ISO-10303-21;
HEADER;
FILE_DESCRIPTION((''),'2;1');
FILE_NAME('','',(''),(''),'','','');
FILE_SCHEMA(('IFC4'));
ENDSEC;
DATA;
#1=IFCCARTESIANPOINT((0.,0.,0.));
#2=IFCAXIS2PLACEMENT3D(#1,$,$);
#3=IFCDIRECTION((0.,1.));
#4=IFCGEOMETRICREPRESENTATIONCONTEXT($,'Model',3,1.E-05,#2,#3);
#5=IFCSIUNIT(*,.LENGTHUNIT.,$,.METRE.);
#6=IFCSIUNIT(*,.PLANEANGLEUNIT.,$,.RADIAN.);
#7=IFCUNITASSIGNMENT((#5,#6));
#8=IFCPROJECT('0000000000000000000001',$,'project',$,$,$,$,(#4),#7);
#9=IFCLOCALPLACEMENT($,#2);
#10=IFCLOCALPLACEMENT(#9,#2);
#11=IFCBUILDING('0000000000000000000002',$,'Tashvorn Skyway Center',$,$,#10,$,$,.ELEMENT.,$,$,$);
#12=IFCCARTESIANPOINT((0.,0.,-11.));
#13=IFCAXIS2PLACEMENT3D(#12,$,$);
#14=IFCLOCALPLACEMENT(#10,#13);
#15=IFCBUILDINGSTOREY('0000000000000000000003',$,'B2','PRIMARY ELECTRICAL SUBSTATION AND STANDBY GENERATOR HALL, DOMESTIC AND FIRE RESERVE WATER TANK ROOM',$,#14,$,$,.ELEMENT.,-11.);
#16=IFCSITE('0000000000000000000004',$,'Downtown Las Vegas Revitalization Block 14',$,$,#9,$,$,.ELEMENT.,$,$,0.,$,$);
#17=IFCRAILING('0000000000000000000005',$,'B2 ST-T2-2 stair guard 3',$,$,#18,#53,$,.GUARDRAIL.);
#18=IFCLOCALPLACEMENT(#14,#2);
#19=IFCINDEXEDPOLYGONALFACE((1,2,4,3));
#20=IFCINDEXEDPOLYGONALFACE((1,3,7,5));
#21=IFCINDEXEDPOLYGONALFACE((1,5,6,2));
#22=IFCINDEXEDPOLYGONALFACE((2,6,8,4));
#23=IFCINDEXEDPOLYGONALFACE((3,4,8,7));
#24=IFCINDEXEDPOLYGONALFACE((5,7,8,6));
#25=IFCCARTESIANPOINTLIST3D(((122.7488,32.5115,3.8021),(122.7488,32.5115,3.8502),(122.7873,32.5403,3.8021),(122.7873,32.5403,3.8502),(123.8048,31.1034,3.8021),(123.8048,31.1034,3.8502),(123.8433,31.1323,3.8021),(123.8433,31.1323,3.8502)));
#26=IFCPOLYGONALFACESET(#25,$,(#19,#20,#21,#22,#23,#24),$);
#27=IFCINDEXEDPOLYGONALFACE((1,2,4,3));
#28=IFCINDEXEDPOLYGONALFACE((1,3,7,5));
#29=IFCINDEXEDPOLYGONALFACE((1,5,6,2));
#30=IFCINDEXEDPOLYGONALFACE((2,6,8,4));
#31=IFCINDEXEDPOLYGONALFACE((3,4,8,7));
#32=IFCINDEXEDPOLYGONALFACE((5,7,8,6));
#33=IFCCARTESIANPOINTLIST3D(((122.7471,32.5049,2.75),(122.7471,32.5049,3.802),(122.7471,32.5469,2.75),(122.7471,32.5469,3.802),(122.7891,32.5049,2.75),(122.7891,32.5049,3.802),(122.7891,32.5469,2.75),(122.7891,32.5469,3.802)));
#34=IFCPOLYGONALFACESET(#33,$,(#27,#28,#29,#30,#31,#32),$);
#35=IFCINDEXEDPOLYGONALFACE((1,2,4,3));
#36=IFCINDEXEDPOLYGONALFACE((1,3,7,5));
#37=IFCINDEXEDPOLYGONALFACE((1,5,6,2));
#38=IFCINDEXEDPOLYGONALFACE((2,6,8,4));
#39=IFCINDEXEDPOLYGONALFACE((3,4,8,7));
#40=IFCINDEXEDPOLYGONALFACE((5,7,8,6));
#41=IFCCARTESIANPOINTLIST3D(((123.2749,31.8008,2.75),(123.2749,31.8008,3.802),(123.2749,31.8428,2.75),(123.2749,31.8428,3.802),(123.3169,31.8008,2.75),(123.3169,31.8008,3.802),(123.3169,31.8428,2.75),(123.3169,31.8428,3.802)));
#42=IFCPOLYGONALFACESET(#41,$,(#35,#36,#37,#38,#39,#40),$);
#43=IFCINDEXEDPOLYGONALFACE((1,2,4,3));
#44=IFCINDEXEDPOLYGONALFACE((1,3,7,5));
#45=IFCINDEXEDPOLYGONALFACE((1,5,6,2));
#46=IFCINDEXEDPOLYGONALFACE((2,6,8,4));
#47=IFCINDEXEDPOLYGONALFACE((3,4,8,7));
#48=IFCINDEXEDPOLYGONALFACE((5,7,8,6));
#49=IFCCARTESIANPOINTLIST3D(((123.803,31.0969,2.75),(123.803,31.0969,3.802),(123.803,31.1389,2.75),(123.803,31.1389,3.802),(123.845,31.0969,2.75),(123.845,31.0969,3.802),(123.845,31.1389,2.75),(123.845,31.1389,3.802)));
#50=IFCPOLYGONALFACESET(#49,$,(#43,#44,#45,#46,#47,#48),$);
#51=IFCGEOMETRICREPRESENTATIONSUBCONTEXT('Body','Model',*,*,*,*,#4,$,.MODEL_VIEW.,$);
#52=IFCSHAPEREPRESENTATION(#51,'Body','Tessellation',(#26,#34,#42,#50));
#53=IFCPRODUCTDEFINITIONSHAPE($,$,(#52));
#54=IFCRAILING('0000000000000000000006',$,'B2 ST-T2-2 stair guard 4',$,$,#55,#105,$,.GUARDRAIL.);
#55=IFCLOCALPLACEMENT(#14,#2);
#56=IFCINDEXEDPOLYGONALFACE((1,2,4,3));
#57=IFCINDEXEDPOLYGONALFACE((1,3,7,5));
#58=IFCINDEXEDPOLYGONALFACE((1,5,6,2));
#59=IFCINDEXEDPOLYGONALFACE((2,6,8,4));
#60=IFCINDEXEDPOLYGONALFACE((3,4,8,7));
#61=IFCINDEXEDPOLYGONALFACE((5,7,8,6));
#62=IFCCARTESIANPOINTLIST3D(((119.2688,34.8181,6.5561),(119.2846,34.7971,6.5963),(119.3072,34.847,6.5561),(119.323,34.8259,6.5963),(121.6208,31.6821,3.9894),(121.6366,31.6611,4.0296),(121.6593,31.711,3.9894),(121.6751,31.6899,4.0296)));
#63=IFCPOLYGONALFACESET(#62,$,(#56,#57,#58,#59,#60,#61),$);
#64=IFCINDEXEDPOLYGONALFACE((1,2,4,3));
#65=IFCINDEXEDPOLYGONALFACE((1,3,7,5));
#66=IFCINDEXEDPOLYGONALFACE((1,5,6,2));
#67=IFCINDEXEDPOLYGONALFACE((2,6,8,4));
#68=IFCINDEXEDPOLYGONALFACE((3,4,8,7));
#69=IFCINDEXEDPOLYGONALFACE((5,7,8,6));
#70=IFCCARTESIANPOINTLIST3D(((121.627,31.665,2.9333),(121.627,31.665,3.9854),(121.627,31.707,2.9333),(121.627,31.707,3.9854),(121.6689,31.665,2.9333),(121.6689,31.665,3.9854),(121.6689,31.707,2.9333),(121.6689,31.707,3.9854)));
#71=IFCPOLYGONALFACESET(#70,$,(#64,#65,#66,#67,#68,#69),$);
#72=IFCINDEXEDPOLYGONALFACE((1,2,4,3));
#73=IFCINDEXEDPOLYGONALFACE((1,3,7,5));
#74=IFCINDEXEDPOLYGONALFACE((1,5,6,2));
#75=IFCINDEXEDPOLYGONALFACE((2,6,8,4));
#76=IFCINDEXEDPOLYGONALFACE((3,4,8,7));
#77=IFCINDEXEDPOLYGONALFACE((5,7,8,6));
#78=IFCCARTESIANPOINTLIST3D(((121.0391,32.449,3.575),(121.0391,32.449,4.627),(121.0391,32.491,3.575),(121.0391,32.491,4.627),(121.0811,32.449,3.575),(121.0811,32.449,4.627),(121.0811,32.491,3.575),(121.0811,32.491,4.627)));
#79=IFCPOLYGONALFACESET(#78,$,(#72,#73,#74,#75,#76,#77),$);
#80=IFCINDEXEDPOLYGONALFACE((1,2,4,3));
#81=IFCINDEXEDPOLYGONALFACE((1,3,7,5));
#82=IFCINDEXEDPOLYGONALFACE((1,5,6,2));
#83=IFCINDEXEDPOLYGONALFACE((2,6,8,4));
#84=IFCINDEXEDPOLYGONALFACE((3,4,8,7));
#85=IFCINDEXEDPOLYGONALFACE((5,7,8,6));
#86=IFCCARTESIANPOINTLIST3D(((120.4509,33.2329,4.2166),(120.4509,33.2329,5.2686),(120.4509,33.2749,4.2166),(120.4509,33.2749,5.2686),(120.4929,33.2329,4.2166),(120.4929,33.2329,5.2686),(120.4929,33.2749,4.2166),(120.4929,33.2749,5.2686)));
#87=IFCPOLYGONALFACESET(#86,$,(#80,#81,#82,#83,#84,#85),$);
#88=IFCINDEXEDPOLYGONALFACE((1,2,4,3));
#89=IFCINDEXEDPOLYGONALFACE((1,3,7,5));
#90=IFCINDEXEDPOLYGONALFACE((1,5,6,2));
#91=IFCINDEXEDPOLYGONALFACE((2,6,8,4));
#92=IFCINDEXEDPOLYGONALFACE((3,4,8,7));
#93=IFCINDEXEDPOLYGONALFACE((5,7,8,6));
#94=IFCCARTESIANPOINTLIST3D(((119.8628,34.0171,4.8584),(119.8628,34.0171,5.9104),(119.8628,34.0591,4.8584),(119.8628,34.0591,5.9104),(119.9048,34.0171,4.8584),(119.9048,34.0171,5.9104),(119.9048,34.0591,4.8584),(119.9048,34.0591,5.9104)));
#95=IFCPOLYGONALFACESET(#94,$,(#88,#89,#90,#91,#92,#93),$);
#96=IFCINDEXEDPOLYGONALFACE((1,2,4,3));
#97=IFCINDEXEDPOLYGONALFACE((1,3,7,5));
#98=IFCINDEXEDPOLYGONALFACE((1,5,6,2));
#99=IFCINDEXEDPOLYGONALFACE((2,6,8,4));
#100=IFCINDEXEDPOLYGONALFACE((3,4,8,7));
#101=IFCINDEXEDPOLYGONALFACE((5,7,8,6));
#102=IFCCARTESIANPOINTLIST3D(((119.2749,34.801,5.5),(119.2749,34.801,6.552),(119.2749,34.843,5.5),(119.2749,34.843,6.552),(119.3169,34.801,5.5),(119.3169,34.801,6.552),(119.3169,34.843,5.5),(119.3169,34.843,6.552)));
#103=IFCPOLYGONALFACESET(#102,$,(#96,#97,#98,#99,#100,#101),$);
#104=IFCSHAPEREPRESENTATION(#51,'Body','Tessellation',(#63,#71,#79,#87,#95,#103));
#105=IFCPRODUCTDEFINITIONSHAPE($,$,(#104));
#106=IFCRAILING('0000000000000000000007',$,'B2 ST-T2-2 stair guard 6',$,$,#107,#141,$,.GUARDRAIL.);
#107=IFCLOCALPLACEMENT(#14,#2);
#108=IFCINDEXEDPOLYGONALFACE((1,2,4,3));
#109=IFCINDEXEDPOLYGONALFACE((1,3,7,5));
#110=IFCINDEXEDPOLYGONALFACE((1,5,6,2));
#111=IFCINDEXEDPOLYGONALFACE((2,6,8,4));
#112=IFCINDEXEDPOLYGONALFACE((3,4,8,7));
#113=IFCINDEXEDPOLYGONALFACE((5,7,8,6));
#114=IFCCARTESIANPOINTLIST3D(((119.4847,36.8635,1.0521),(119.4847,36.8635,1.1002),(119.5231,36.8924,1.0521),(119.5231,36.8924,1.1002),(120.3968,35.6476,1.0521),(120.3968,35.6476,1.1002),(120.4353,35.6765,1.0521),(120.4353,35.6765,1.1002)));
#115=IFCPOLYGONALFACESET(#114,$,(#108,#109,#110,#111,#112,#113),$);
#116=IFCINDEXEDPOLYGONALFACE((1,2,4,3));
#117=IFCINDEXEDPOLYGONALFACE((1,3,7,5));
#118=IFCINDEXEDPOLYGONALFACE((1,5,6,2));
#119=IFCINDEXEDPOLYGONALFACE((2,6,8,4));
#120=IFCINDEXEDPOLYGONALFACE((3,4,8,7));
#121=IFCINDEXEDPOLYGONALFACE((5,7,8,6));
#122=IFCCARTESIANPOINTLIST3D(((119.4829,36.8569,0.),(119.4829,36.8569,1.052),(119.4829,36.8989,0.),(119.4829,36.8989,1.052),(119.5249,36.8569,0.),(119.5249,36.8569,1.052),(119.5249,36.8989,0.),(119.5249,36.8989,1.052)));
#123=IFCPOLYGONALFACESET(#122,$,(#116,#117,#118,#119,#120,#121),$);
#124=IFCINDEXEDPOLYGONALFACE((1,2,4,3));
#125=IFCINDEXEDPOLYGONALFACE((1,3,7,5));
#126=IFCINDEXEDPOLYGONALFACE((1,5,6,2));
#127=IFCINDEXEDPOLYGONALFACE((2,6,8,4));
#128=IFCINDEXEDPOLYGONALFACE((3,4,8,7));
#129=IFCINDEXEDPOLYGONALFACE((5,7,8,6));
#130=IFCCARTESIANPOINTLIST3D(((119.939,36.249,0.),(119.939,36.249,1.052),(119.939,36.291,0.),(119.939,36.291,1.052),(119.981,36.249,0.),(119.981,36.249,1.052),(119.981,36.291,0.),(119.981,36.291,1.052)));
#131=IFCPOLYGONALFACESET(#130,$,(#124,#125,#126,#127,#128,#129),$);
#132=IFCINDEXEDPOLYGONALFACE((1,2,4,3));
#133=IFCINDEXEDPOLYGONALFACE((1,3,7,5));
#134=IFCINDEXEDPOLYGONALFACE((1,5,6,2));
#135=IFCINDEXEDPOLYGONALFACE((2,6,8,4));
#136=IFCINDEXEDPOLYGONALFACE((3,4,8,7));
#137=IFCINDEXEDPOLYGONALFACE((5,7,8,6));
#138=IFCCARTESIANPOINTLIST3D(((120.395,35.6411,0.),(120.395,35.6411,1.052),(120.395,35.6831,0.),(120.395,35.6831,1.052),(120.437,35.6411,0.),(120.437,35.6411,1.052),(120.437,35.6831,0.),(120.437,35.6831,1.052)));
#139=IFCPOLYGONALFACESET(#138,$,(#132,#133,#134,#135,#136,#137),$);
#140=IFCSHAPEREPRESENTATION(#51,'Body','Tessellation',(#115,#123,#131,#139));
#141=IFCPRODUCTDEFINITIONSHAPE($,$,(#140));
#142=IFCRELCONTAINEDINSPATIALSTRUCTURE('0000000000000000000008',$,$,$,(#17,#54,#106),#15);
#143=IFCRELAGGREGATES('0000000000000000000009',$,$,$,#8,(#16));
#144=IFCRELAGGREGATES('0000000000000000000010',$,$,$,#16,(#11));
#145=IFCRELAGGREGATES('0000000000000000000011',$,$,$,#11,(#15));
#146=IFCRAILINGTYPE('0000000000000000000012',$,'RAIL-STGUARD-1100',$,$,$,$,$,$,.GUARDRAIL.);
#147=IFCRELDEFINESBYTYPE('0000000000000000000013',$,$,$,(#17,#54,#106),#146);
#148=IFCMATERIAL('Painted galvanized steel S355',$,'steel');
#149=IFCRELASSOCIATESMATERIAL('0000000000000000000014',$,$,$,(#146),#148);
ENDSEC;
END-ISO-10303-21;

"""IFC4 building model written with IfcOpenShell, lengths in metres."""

from ifc_helpers import new_model, si_unit, direction, frame, origin, origin_2d, place, context, subcontext, project, spatial, rectangle, extrude, material, type_object, element, save


model = new_model("IFC4")

# Units and contexts
model_context = context("Model", 3, precision=1e-05, world=origin(), true_north=direction((0.0, 1.0)))
body_context = subcontext(model_context, "Body", "Model", "MODEL_VIEW")
ifc_project = project(units=[si_unit("LENGTHUNIT", "METRE"), si_unit("PLANEANGLEUNIT", "RADIAN")], contexts=[model_context])

# Site, building, storey
site_placement = place(None, origin())
site = spatial("IfcSite", under=ifc_project, at=site_placement, Name="Downtown Las Vegas Revitalization Block 14", CompositionType="ELEMENT", RefElevation=0.0)
building_placement = place(site_placement, origin())
building = spatial("IfcBuilding", under=site, at=building_placement, Name="Tashvorn Skyway Center", CompositionType="ELEMENT")
storey_placement = place(building_placement, frame((0.0, 0.0, -11.0)))
storey = spatial("IfcBuildingStorey", under=building, at=storey_placement, Name="B2", Description="PRIMARY ELECTRICAL SUBSTATION AND STANDBY GENERATOR HALL, DOMESTIC AND FIRE RESERVE WATER TANK ROOM", CompositionType="ELEMENT", Elevation=-11.0)

# Railings
ifc_material_1 = material(Name="Painted galvanized steel S355", Category="steel")
railing_type_1 = type_object("IfcRailingType", Name="RAIL-STGUARD-1100", PredefinedType="GUARDRAIL", material=ifc_material_1)
railing_1_placement = place(storey_placement, frame((122.7681, 32.5259, 2.75)))
element("IfcRailing", 1, at=railing_1_placement, inside=storey, type_object=railing_type_1, Name="B2 ST-T2-2 stair guard 3", PredefinedType="GUARDRAIL", context=body_context, shape_type="SweptSolid", body=[
    extrude(rectangle(XDim=0.0481, YDim=0.0481, at=origin_2d()), frame((0.0, 0.0, 1.0762), z_axis=(0.599978, -0.800017, 0.0), x_axis=(0.800017, 0.599978, 0.0)), (0.0, 0.0, 1.0), 1.76),
    extrude(rectangle(XDim=0.042, YDim=0.042, at=origin_2d()), origin(), (0.0, 0.0, 1.0), 1.052),
    extrude(rectangle(XDim=0.042, YDim=0.042, at=origin_2d()), frame((0.5278, -0.7041, 0.0)), (0.0, 0.0, 1.0), 1.052),
    extrude(rectangle(XDim=0.042, YDim=0.042, at=origin_2d()), frame((1.0559, -1.408, 0.0)), (0.0, 0.0, 1.0), 1.052),
])
railing_2_placement = place(storey_placement, frame((121.6479, 31.686, 2.9333)))
element("IfcRailing", 2, at=railing_2_placement, inside=storey, type_object=railing_type_1, Name="B2 ST-T2-2 stair guard 4", PredefinedType="GUARDRAIL", context=body_context, shape_type="SweptSolid", body=[
    extrude(rectangle(XDim=0.0481, YDim=0.0481, at=origin_2d()), frame((0.0, 0.0, 1.0762), z_axis=(-0.501981, 0.669291, 0.547782), x_axis=(-0.799993, -0.60001, 0.0)), (0.0, 0.0, 1.0), 4.6855),
    extrude(rectangle(XDim=0.042, YDim=0.042, at=origin_2d()), origin(), (0.0, 0.0, 1.0), 1.052),
    extrude(rectangle(XDim=0.042, YDim=0.042, at=origin_2d()), frame((-0.5879, 0.7839, 0.6416)), (0.0, 0.0, 1.0), 1.052),
    extrude(rectangle(XDim=0.042, YDim=0.042, at=origin_2d()), frame((-1.176, 1.5679, 1.2832)), (0.0, 0.0, 1.0), 1.052),
    extrude(rectangle(XDim=0.042, YDim=0.042, at=origin_2d()), frame((-1.7642, 2.3521, 1.925)), (0.0, 0.0, 1.0), 1.052),
    extrude(rectangle(XDim=0.042, YDim=0.042, at=origin_2d()), frame((-2.3521, 3.136, 2.5667)), (0.0, 0.0, 1.0), 1.052),
])
railing_3_placement = place(storey_placement, frame((119.5039, 36.8779, 0.0)))
element("IfcRailing", 3, at=railing_3_placement, inside=storey, type_object=railing_type_1, Name="B2 ST-T2-2 stair guard 6", PredefinedType="GUARDRAIL", context=body_context, shape_type="SweptSolid", body=[
    extrude(rectangle(XDim=0.0481, YDim=0.0481, at=origin_2d()), frame((0.0, 0.0, 1.0762), z_axis=(0.600103, -0.799923, 0.0), x_axis=(0.799923, 0.600103, 0.0)), (0.0, 0.0, 1.0), 1.52),
    extrude(rectangle(XDim=0.042, YDim=0.042, at=origin_2d()), origin(), (0.0, 0.0, 1.0), 1.052),
    extrude(rectangle(XDim=0.042, YDim=0.042, at=origin_2d()), frame((0.4561, -0.6079, 0.0)), (0.0, 0.0, 1.0), 1.052),
    extrude(rectangle(XDim=0.042, YDim=0.042, at=origin_2d()), frame((0.9121, -1.2158, 0.0)), (0.0, 0.0, 1.0), 1.052),
])

save(model, "model.ifc")
